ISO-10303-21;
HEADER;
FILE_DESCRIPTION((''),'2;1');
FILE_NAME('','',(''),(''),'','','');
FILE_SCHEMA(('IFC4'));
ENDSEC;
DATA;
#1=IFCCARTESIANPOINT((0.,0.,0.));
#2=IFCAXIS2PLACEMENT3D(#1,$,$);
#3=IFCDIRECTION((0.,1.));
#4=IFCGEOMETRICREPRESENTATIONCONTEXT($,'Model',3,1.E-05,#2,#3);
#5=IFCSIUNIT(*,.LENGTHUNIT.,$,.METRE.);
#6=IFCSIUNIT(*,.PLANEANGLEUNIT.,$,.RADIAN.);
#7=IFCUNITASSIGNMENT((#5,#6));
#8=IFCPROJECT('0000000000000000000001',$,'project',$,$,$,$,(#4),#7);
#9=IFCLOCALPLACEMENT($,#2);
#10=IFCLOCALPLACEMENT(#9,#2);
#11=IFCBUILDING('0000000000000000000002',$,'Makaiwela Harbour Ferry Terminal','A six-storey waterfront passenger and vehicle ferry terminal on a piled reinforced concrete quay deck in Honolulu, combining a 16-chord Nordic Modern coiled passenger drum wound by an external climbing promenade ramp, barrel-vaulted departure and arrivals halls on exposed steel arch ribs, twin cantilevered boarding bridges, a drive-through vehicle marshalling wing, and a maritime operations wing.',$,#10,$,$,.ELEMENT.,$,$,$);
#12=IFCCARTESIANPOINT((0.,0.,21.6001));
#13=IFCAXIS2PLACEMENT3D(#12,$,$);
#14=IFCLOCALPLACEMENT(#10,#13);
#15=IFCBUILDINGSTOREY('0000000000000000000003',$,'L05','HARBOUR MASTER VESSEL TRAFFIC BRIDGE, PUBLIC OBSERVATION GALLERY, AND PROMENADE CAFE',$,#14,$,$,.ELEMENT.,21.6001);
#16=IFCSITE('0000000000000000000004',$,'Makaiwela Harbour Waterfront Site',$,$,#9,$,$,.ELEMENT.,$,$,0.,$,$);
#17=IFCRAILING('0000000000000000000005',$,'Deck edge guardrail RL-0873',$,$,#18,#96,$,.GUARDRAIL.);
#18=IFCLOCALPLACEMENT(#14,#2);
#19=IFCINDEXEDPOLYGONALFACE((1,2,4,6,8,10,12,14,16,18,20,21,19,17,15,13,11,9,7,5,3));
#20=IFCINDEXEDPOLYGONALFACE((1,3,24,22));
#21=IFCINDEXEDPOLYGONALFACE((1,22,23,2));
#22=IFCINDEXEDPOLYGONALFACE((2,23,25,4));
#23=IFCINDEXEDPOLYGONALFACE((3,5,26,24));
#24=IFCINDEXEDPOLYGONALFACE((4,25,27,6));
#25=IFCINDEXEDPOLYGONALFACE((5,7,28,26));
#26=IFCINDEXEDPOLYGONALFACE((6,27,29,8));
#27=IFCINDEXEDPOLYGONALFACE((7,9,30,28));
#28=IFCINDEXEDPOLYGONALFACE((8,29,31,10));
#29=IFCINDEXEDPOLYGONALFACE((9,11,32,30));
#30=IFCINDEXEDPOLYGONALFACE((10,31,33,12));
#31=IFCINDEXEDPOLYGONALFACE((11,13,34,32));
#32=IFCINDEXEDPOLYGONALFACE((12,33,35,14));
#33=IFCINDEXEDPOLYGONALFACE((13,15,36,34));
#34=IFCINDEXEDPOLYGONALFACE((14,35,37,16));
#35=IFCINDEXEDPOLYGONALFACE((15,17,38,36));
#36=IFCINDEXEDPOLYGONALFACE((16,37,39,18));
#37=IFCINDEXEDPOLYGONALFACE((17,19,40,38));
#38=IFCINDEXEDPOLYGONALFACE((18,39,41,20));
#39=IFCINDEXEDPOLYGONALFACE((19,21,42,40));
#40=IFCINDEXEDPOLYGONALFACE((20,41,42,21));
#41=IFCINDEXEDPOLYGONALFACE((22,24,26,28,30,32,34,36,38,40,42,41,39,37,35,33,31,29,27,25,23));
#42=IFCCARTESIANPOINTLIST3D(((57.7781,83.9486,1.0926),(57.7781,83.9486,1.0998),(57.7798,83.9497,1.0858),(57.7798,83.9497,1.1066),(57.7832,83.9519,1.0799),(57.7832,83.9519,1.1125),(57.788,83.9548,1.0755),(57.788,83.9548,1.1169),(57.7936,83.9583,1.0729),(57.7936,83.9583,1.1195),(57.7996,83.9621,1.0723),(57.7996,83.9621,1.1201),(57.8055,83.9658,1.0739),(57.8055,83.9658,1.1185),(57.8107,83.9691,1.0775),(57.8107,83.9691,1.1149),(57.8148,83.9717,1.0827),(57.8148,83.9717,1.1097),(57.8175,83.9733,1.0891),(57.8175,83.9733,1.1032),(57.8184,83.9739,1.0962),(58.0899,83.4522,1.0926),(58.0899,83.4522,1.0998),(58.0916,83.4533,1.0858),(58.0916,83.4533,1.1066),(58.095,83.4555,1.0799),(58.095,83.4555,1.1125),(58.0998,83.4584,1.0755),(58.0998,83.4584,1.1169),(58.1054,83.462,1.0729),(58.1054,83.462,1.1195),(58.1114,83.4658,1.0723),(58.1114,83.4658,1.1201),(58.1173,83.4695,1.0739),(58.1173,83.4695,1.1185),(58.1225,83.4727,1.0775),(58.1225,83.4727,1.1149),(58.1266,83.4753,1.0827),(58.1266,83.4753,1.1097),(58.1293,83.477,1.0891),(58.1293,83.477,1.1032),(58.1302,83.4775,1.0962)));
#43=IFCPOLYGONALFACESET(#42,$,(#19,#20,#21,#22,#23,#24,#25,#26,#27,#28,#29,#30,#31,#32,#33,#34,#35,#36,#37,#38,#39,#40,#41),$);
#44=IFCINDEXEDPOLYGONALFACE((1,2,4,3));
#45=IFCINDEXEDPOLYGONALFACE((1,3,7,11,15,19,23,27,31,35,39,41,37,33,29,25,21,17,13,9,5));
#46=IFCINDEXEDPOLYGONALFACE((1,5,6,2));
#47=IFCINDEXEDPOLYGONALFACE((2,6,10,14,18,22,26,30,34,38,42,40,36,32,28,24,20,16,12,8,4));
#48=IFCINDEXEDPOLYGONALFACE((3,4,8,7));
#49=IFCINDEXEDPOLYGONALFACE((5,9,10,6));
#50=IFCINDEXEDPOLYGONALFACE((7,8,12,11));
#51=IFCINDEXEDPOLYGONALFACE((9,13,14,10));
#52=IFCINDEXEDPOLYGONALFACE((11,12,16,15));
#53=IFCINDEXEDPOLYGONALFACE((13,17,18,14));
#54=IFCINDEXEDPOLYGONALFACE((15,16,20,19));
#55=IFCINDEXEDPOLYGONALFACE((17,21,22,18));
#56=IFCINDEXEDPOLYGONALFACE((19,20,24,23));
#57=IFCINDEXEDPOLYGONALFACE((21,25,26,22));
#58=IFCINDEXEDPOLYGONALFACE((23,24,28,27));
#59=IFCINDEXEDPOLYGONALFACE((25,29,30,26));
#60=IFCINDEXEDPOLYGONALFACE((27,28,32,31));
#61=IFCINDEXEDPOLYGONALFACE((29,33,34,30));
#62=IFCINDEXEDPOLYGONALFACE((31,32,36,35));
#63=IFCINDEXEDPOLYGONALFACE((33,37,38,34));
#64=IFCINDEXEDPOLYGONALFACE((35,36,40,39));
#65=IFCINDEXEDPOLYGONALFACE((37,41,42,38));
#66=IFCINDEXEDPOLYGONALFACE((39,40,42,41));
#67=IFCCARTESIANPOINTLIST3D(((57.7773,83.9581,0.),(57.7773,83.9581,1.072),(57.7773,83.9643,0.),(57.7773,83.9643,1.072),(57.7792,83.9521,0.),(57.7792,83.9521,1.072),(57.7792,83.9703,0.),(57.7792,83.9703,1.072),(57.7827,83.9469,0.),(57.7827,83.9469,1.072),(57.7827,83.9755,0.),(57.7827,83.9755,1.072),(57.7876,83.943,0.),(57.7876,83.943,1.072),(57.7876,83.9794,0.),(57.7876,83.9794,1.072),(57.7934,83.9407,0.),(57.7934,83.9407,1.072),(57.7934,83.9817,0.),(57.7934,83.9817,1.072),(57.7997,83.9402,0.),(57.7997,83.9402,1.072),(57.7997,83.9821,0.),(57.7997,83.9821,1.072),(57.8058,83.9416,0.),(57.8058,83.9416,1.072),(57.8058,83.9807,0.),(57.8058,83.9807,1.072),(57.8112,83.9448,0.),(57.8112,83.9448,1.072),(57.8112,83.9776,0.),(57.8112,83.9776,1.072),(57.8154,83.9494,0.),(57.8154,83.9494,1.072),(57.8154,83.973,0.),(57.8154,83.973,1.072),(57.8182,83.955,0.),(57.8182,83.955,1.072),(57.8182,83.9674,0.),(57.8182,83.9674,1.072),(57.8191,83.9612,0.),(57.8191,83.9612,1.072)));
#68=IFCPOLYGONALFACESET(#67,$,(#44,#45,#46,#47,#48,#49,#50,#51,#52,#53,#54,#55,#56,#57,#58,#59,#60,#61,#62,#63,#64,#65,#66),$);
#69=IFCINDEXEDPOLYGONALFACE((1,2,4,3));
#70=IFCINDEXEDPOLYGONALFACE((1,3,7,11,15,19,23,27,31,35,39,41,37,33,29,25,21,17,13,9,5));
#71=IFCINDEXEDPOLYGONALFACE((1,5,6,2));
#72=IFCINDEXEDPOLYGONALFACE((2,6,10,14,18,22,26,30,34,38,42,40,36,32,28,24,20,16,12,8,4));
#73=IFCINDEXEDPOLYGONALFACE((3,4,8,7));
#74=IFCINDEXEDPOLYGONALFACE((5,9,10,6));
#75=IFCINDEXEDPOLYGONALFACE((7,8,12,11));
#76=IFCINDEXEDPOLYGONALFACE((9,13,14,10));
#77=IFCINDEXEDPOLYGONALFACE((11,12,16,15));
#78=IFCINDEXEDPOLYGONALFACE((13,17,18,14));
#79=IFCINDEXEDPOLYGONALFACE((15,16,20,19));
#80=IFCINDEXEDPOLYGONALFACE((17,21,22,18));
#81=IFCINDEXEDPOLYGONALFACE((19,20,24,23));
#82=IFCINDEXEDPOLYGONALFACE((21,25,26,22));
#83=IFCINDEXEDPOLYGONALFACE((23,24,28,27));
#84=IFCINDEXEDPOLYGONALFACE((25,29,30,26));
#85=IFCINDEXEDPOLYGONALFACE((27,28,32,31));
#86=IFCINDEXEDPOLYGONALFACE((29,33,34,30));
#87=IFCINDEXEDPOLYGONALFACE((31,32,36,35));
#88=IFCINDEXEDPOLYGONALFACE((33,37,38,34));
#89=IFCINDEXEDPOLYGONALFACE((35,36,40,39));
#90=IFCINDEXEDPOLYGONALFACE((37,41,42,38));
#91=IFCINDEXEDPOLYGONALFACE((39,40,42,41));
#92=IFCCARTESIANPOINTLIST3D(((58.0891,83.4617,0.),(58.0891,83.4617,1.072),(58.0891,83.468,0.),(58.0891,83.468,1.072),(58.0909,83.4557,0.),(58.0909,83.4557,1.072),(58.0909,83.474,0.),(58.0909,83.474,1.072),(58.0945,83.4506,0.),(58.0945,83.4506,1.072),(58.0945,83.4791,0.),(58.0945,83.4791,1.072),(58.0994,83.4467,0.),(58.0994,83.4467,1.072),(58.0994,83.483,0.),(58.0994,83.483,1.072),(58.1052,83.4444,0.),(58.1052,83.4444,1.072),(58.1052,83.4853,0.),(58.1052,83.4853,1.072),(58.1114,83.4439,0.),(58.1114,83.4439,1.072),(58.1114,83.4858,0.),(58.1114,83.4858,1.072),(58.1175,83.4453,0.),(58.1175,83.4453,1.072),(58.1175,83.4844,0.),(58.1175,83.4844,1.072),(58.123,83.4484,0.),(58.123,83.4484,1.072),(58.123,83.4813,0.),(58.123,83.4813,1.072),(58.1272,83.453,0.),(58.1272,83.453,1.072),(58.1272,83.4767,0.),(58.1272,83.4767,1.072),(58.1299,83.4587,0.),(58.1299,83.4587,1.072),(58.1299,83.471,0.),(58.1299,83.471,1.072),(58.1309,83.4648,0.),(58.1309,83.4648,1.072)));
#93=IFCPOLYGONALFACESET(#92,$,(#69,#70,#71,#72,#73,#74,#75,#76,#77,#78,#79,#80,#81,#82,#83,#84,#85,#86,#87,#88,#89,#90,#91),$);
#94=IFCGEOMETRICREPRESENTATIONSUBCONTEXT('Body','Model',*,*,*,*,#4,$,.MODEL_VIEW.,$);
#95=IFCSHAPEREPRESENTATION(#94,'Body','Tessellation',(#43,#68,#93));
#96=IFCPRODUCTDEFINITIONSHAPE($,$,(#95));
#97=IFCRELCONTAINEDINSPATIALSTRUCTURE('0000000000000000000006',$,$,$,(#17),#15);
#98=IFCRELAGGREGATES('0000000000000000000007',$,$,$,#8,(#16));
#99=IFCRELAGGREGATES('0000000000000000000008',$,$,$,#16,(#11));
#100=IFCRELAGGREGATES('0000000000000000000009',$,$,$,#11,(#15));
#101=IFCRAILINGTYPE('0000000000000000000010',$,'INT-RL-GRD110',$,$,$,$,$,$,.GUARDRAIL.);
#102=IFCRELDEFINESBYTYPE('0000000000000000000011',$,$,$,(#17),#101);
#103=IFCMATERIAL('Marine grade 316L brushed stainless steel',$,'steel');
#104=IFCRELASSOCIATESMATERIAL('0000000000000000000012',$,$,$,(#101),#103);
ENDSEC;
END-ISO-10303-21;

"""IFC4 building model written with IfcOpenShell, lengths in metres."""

from ifc_helpers import new_model, si_unit, direction, frame, origin, origin_2d, place, context, subcontext, project, spatial, circle, extrude, material, type_object, element, save


model = new_model("IFC4")

# Units and contexts
model_context = context("Model", 3, precision=1e-05, world=origin(), true_north=direction((0.0, 1.0)))
body_context = subcontext(model_context, "Body", "Model", "MODEL_VIEW")
ifc_project = project(units=[si_unit("LENGTHUNIT", "METRE"), si_unit("PLANEANGLEUNIT", "RADIAN")], contexts=[model_context])

# Site, building, storey
site_placement = place(None, origin())
site = spatial("IfcSite", under=ifc_project, at=site_placement, Name="Makaiwela Harbour Waterfront Site", CompositionType="ELEMENT", RefElevation=0.0)
building_placement = place(site_placement, origin())
building = spatial("IfcBuilding", under=site, at=building_placement, Name="Makaiwela Harbour Ferry Terminal", Description="A six-storey waterfront passenger and vehicle ferry terminal on a piled reinforced concrete quay deck in Honolulu, combining a 16-chord Nordic Modern coiled passenger drum wound by an external climbing promenade ramp, barrel-vaulted departure and arrivals halls on exposed steel arch ribs, twin cantilevered boarding bridges, a drive-through vehicle marshalling wing, and a maritime operations wing.", CompositionType="ELEMENT")
storey_placement = place(building_placement, frame((0.0, 0.0, 21.6001)))
storey = spatial("IfcBuildingStorey", under=building, at=storey_placement, Name="L05", Description="HARBOUR MASTER VESSEL TRAFFIC BRIDGE, PUBLIC OBSERVATION GALLERY, AND PROMENADE CAFE", CompositionType="ELEMENT", Elevation=21.6001)

# Railing
ifc_material_1 = material(Name="Marine grade 316L brushed stainless steel", Category="steel")
railing_type = type_object("IfcRailingType", Name="INT-RL-GRD110", PredefinedType="GUARDRAIL", material=ifc_material_1)
railing_placement = place(storey_placement, frame((57.7981, 83.9612, 0.0)))
element("IfcRailing", 1, at=railing_placement, inside=storey, type_object=railing_type, Name="Deck edge guardrail RL-0873", PredefinedType="GUARDRAIL", context=body_context, shape_type="SweptSolid", body=[
    extrude(circle(Radius=0.0239, at=origin_2d()), frame((0.0, 0.0, 1.0962), z_axis=(0.531907, -0.846803, 0.0), x_axis=(0.846803, 0.531907, 0.0)), (0.0, 0.0, 1.0), 0.5862),
    extrude(circle(Radius=0.021, at=origin_2d()), origin(), (0.0, 0.0, 1.0), 1.072),
    extrude(circle(Radius=0.021, at=origin_2d()), frame((0.3118, -0.4963, 0.0)), (0.0, 0.0, 1.0), 1.072),
])

save(model, "model.ifc")
